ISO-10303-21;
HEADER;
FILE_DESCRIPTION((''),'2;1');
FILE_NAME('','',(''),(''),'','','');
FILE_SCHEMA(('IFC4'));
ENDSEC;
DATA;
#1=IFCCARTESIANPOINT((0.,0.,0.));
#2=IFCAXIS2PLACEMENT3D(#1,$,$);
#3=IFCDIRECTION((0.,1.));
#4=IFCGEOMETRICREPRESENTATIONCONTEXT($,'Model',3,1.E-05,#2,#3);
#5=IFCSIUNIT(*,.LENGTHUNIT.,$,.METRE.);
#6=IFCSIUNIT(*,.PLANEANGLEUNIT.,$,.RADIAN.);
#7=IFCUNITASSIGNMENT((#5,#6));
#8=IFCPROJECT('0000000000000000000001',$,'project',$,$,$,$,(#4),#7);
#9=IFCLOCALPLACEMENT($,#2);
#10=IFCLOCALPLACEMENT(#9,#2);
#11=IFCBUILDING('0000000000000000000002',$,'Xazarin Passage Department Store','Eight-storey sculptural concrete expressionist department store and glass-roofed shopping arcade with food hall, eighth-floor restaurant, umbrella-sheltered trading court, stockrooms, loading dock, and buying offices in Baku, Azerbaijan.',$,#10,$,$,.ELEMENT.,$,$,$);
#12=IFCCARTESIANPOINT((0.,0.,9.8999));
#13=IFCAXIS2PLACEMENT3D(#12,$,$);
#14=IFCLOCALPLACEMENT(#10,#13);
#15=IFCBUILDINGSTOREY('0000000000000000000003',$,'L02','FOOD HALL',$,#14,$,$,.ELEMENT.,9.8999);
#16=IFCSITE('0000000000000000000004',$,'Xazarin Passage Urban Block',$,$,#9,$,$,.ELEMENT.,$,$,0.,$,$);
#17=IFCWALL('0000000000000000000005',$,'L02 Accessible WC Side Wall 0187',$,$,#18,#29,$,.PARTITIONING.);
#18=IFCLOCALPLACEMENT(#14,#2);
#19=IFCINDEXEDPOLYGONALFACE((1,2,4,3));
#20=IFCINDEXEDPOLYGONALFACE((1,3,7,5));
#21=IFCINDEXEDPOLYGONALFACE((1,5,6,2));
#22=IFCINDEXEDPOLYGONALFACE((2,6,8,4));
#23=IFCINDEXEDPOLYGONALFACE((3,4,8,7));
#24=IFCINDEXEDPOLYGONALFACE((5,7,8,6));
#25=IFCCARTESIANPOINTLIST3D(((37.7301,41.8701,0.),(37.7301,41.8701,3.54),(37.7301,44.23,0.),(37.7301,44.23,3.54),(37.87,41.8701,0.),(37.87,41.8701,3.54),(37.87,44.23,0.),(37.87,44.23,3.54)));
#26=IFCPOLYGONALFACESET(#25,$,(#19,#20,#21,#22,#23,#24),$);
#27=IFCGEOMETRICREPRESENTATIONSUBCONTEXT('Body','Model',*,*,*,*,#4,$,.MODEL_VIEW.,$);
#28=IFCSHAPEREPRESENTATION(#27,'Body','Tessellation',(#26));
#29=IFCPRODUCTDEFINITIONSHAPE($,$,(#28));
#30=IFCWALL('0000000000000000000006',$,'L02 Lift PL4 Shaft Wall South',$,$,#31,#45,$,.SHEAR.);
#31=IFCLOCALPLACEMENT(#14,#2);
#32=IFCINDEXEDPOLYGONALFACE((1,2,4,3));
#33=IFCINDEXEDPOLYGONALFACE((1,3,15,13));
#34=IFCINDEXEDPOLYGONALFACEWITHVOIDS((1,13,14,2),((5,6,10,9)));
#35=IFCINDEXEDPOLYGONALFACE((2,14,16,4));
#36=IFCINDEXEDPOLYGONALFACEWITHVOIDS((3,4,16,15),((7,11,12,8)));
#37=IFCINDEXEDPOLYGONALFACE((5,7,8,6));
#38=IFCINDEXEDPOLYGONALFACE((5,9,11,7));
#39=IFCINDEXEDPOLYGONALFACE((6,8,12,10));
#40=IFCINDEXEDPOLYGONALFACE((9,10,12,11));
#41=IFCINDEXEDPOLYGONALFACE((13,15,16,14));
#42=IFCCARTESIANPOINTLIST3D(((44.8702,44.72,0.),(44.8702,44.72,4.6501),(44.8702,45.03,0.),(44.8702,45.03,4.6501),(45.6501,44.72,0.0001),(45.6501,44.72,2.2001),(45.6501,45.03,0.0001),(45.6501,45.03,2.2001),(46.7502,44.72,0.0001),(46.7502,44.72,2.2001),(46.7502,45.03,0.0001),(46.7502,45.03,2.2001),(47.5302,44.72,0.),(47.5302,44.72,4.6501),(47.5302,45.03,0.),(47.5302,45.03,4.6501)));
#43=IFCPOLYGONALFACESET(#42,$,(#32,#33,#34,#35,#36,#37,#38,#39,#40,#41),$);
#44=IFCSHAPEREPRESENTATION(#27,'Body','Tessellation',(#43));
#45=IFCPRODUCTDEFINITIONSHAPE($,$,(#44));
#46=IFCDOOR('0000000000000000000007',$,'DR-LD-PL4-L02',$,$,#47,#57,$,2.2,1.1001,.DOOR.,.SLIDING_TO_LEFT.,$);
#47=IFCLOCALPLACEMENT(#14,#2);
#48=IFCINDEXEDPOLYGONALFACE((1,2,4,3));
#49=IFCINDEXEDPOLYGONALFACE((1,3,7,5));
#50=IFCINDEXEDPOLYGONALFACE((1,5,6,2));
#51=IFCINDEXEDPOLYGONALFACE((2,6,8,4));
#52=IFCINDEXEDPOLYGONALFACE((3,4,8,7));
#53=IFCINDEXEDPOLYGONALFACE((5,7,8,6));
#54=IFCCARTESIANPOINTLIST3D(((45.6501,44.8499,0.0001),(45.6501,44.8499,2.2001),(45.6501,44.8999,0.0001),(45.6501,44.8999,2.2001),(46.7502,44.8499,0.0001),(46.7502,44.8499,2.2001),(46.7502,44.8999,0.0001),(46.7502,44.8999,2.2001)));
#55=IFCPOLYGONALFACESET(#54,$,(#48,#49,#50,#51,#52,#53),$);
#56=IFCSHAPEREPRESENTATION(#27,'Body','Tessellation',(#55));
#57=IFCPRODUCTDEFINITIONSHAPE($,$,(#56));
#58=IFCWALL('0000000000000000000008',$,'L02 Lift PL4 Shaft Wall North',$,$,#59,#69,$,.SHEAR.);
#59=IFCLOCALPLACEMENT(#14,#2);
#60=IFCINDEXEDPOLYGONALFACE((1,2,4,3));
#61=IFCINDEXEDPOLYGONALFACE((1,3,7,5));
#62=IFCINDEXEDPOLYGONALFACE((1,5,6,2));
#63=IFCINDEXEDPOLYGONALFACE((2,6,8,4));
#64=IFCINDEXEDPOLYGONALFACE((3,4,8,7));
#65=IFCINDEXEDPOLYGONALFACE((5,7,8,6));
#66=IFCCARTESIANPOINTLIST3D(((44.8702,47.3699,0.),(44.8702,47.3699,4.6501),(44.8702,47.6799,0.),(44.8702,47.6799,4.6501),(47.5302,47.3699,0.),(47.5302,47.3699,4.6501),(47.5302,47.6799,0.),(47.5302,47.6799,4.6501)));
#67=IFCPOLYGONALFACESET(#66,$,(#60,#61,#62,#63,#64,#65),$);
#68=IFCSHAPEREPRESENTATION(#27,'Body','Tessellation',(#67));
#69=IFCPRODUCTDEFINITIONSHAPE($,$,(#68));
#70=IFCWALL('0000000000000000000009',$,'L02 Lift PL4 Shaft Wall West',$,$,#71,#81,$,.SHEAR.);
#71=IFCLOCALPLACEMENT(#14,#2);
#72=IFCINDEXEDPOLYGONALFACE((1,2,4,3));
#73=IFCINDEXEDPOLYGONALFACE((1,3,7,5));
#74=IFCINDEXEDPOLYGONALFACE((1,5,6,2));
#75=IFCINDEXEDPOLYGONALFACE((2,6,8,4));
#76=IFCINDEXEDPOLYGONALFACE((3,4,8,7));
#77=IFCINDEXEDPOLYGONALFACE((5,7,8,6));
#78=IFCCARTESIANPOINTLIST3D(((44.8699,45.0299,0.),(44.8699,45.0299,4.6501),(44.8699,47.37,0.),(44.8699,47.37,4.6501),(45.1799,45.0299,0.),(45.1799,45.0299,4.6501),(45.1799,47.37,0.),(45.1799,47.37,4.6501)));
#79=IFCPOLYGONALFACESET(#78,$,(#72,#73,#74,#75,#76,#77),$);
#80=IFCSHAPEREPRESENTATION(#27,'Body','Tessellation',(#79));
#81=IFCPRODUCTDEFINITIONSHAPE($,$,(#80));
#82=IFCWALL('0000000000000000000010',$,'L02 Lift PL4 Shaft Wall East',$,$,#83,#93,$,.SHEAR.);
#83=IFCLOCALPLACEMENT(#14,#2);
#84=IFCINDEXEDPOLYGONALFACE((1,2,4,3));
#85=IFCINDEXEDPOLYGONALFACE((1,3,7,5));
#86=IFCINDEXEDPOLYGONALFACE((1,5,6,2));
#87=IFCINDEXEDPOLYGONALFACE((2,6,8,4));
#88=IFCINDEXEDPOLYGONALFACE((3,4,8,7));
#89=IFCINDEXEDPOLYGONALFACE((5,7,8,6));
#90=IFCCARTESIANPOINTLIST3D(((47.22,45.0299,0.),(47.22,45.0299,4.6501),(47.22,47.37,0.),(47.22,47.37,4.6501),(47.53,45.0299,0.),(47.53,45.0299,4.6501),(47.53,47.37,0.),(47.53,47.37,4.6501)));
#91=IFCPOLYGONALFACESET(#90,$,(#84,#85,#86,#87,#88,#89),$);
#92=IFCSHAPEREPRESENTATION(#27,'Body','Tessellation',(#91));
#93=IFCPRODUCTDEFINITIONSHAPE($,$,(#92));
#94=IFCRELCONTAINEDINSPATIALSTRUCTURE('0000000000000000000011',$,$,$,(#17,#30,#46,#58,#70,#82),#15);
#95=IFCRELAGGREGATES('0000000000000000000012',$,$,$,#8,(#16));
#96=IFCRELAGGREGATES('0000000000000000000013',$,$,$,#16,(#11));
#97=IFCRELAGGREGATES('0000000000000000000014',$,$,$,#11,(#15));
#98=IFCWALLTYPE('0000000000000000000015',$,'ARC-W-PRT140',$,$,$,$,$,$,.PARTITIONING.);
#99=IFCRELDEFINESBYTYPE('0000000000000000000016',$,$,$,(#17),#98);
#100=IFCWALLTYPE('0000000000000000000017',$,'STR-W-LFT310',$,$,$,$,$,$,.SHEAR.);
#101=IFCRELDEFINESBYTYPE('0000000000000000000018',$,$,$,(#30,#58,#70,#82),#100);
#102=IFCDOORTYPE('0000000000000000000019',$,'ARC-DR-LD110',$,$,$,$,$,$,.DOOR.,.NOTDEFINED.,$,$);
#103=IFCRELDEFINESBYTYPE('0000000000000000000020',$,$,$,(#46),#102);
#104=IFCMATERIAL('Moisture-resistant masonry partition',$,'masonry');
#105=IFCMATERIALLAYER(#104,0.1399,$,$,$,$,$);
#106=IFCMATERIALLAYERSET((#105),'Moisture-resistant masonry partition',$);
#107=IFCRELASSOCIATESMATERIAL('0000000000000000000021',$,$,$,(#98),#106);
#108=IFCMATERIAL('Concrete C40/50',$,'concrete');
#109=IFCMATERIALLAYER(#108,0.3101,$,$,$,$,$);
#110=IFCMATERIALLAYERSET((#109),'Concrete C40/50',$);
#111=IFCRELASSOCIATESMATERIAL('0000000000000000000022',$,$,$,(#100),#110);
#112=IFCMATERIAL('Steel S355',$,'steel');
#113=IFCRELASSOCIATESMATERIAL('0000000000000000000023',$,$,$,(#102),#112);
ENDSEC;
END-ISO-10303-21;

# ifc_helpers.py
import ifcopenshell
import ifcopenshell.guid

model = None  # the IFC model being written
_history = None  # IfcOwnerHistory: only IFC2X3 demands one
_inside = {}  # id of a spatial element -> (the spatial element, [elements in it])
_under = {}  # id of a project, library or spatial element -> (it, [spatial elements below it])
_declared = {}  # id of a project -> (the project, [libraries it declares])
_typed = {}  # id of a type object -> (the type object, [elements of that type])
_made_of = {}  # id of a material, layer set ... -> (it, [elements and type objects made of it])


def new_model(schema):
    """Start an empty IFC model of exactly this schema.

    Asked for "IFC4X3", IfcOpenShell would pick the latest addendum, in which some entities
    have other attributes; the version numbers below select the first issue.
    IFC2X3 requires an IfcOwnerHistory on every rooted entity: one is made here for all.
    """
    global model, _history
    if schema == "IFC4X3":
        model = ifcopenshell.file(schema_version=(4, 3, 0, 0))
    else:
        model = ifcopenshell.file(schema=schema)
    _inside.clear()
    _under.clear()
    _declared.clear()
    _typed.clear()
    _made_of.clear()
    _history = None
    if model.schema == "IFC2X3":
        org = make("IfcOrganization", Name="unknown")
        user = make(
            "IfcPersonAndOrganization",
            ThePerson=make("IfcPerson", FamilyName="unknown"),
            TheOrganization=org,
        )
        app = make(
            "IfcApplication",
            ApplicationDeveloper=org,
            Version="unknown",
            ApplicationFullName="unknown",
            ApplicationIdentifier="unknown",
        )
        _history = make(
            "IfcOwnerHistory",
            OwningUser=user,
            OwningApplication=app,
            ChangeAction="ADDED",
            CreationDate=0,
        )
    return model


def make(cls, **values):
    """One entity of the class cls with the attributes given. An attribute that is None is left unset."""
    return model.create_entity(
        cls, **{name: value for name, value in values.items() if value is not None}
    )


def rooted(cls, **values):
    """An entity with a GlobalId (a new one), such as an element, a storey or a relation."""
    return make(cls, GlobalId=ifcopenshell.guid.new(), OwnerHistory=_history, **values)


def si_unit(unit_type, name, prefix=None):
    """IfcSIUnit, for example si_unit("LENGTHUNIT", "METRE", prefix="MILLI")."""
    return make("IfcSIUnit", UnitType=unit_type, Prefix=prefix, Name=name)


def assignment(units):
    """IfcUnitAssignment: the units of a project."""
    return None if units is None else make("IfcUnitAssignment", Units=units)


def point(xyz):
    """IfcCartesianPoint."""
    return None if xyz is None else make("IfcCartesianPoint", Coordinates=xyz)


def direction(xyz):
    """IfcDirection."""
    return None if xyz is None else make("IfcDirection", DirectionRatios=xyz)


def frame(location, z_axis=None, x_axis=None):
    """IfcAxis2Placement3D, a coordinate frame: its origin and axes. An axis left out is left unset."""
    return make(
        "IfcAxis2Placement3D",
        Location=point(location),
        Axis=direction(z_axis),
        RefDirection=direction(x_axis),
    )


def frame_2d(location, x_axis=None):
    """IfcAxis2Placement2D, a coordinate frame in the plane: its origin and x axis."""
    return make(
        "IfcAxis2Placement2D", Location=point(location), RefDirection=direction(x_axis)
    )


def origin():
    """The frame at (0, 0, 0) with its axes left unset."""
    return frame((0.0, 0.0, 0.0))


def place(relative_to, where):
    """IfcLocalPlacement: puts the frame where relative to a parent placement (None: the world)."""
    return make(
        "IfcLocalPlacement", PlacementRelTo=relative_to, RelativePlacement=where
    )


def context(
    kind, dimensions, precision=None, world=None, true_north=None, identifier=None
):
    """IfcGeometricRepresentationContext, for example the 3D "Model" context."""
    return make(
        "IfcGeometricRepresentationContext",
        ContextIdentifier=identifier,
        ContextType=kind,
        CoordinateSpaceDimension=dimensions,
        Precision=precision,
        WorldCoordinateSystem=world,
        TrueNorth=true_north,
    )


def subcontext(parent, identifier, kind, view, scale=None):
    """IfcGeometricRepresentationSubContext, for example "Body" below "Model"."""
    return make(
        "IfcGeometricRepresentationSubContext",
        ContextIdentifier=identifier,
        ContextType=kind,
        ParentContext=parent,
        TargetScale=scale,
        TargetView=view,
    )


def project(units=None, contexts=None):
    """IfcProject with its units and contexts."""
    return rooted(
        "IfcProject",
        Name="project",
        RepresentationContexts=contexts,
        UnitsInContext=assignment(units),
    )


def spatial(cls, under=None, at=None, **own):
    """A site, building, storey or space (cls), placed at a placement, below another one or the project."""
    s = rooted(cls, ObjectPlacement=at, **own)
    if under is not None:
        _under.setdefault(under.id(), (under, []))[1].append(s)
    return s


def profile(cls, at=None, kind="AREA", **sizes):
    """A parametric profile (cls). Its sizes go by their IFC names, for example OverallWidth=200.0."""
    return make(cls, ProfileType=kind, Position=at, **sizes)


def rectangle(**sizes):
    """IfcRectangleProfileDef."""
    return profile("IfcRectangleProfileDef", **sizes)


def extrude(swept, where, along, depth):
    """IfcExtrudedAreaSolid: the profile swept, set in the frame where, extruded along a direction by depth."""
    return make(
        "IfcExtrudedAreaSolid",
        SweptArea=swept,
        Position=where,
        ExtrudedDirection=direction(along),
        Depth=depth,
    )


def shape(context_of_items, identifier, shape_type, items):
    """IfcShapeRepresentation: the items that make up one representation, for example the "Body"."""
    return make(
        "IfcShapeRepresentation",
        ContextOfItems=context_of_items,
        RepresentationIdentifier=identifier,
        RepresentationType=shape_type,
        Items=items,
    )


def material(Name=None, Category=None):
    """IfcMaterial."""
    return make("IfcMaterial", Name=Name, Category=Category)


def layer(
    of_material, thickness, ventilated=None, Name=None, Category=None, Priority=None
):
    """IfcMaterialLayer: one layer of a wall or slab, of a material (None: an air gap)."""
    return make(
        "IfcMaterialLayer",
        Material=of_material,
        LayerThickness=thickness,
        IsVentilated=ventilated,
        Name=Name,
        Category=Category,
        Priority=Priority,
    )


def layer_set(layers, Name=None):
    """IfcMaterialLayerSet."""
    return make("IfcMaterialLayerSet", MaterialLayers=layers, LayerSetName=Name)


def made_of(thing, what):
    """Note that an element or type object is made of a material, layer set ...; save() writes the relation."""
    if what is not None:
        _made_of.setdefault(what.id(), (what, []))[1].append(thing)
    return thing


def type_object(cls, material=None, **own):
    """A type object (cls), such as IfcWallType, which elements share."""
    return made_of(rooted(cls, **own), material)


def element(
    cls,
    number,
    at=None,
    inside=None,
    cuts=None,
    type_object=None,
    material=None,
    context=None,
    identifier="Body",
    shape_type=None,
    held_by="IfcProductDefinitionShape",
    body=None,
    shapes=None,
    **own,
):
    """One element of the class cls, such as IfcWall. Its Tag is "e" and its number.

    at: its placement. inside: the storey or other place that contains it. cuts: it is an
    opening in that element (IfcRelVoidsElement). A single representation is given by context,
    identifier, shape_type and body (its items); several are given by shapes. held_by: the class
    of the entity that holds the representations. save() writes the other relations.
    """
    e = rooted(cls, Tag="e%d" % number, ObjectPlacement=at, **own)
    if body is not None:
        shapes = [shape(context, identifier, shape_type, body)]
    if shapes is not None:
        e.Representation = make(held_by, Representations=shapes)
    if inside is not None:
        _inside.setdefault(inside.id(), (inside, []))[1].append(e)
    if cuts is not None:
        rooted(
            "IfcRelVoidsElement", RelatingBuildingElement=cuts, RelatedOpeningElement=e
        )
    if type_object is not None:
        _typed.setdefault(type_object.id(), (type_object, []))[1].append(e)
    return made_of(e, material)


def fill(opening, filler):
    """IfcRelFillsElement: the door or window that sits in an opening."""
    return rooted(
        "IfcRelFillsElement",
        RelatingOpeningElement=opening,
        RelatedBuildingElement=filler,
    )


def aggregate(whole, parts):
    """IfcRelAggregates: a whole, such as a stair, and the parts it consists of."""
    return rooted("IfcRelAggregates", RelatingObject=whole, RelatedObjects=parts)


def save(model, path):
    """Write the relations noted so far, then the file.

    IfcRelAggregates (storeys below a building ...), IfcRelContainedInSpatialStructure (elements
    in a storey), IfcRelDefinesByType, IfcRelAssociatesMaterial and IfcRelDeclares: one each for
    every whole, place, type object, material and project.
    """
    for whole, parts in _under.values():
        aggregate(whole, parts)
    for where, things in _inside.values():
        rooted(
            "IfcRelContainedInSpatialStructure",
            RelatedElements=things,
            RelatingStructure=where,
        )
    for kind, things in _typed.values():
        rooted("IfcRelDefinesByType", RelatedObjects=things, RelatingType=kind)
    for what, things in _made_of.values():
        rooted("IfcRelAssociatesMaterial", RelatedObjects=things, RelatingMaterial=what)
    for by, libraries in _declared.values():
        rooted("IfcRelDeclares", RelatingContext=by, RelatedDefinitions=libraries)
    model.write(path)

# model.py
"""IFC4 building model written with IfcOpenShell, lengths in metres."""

from ifc_helpers import new_model, si_unit, direction, frame, frame_2d, origin, place, context, subcontext, project, spatial, rectangle, extrude, material, layer, layer_set, type_object, element, fill, save


model = new_model("IFC4")

# Units and contexts
model_context = context("Model", 3, precision=1e-05, world=origin(), true_north=direction((0.0, 1.0)))
body_context = subcontext(model_context, "Body", "Model", "MODEL_VIEW")
ifc_project = project(units=[si_unit("LENGTHUNIT", "METRE"), si_unit("PLANEANGLEUNIT", "RADIAN")], contexts=[model_context])

# Site, building, storey
site_placement = place(None, origin())
site = spatial("IfcSite", under=ifc_project, at=site_placement, Name="Xazarin Passage Urban Block", CompositionType="ELEMENT", RefElevation=0.0)
building_placement = place(site_placement, origin())
building = spatial("IfcBuilding", under=site, at=building_placement, Name="Xazarin Passage Department Store", Description="Eight-storey sculptural concrete expressionist department store and glass-roofed shopping arcade with food hall, eighth-floor restaurant, umbrella-sheltered trading court, stockrooms, loading dock, and buying offices in Baku, Azerbaijan.", CompositionType="ELEMENT")
storey_placement = place(building_placement, frame((0.0, 0.0, 9.8999)))
storey = spatial("IfcBuildingStorey", under=building, at=storey_placement, Name="L02", Description="FOOD HALL", CompositionType="ELEMENT", Elevation=9.8999)

# Shared definitions
ifc_material_1 = material(Name="Concrete C40/50", Category="concrete")

# Shared definitions
ifc_material_2 = material(Name="Moisture-resistant masonry partition", Category="masonry")
ifc_layer_1 = layer(ifc_material_2, 0.1399)
ifc_layer_set_1 = layer_set([ifc_layer_1], Name="Moisture-resistant masonry partition")
wall_type_1 = type_object("IfcWallType", Name="ARC-W-PRT140", PredefinedType="PARTITIONING", material=ifc_layer_set_1)

# Wall
for number, where, z_axis, x_axis, name in (
    (1, (37.8, 41.8701, 0.0), (0.0, 0.0, 1.0), (0.0, 1.0, 0.0), "L02 Accessible WC Side Wall 0187"),
):
    element("IfcWall", number, at=place(storey_placement, frame(where, z_axis=z_axis, x_axis=x_axis)), inside=storey, type_object=wall_type_1, Name=name, PredefinedType="PARTITIONING", context=body_context, shape_type="SweptSolid", body=[
        extrude(rectangle(XDim=2.3599, YDim=0.1399, at=frame_2d((1.1799, 0.0))), origin(), (0.0, 0.0, 1.0), 3.54),
    ])

# Wall, opening, door
ifc_layer_2 = layer(ifc_material_1, 0.3101)
ifc_layer_set_2 = layer_set([ifc_layer_2], Name="Concrete C40/50")
wall_type_2 = type_object("IfcWallType", Name="STR-W-LFT310", PredefinedType="SHEAR", material=ifc_layer_set_2)
wall_1_placement = place(storey_placement, frame((44.8701, 44.875, 0.0), z_axis=(0.0, 0.0, 1.0), x_axis=(1.0, 0.0, 0.0)))
wall_1 = element("IfcWall", 2, at=wall_1_placement, inside=storey, type_object=wall_type_2, Name="L02 Lift PL4 Shaft Wall South", PredefinedType="SHEAR", context=body_context, shape_type="SweptSolid", body=[
    extrude(rectangle(XDim=2.6599, YDim=0.3101, at=frame_2d((1.3301, 0.0))), origin(), (0.0, 0.0, 1.0), 4.6501),
])
opening_1_placement = place(wall_1_placement, frame((0.78, 0.0, 0.0)))
opening_1 = element("IfcOpeningElement", 3, at=opening_1_placement, cuts=wall_1, PredefinedType="OPENING", context=body_context, shape_type="SweptSolid", body=[
    extrude(rectangle(XDim=1.1001, YDim=2.2, at=frame_2d((0.55, 1.1001))), frame((0.0, 0.165, 0.0), z_axis=(0.0, -1.0, 0.0), x_axis=(1.0, 0.0, 0.0)), (0.0, 0.0, 1.0), 0.3301),
])
ifc_material_3 = material(Name="Steel S355", Category="steel")
door_type_1 = type_object("IfcDoorType", Name="ARC-DR-LD110", OperationType="NOTDEFINED", PredefinedType="DOOR", material=ifc_material_3)
door_1_placement = place(opening_1_placement, origin())
door_1 = element("IfcDoor", 4, at=door_1_placement, inside=storey, type_object=door_type_1, Name="DR-LD-PL4-L02", OperationType="SLIDING_TO_LEFT", OverallHeight=2.2, OverallWidth=1.1001, PredefinedType="DOOR", context=body_context, shape_type="SweptSolid", body=[
    extrude(rectangle(XDim=1.1001, YDim=2.2, at=frame_2d((0.55, 1.1001))), frame((0.0, 0.0249, 0.0), z_axis=(0.0, -1.0, 0.0), x_axis=(1.0, 0.0, 0.0)), (0.0, 0.0, 1.0), 0.05),
])
fill(opening_1, door_1)

# Walls
wall_2_placement = place(storey_placement, frame((44.8701, 47.5249, 0.0), z_axis=(0.0, 0.0, 1.0), x_axis=(1.0, 0.0, 0.0)))
element("IfcWall", 5, at=wall_2_placement, inside=storey, type_object=wall_type_2, Name="L02 Lift PL4 Shaft Wall North", PredefinedType="SHEAR", context=body_context, shape_type="SweptSolid", body=[
    extrude(rectangle(XDim=2.6599, YDim=0.3101, at=frame_2d((1.3301, 0.0))), origin(), (0.0, 0.0, 1.0), 4.6501),
])
for number, where, z_axis, x_axis, name in (
    (6, (45.0249, 45.03, 0.0), (0.0, 0.0, 1.0), (0.0, 1.0, 0.0), "L02 Lift PL4 Shaft Wall West"),
    (7, (47.375, 45.03, 0.0), (0.0, 0.0, 1.0), (0.0, 1.0, 0.0), "L02 Lift PL4 Shaft Wall East"),
):
    element("IfcWall", number, at=place(storey_placement, frame(where, z_axis=z_axis, x_axis=x_axis)), inside=storey, type_object=wall_type_2, Name=name, PredefinedType="SHEAR", context=body_context, shape_type="SweptSolid", body=[
        extrude(rectangle(XDim=2.3401, YDim=0.3101, at=frame_2d((1.1699, 0.0))), origin(), (0.0, 0.0, 1.0), 4.6501),
    ])

save(model, "model.ifc")
